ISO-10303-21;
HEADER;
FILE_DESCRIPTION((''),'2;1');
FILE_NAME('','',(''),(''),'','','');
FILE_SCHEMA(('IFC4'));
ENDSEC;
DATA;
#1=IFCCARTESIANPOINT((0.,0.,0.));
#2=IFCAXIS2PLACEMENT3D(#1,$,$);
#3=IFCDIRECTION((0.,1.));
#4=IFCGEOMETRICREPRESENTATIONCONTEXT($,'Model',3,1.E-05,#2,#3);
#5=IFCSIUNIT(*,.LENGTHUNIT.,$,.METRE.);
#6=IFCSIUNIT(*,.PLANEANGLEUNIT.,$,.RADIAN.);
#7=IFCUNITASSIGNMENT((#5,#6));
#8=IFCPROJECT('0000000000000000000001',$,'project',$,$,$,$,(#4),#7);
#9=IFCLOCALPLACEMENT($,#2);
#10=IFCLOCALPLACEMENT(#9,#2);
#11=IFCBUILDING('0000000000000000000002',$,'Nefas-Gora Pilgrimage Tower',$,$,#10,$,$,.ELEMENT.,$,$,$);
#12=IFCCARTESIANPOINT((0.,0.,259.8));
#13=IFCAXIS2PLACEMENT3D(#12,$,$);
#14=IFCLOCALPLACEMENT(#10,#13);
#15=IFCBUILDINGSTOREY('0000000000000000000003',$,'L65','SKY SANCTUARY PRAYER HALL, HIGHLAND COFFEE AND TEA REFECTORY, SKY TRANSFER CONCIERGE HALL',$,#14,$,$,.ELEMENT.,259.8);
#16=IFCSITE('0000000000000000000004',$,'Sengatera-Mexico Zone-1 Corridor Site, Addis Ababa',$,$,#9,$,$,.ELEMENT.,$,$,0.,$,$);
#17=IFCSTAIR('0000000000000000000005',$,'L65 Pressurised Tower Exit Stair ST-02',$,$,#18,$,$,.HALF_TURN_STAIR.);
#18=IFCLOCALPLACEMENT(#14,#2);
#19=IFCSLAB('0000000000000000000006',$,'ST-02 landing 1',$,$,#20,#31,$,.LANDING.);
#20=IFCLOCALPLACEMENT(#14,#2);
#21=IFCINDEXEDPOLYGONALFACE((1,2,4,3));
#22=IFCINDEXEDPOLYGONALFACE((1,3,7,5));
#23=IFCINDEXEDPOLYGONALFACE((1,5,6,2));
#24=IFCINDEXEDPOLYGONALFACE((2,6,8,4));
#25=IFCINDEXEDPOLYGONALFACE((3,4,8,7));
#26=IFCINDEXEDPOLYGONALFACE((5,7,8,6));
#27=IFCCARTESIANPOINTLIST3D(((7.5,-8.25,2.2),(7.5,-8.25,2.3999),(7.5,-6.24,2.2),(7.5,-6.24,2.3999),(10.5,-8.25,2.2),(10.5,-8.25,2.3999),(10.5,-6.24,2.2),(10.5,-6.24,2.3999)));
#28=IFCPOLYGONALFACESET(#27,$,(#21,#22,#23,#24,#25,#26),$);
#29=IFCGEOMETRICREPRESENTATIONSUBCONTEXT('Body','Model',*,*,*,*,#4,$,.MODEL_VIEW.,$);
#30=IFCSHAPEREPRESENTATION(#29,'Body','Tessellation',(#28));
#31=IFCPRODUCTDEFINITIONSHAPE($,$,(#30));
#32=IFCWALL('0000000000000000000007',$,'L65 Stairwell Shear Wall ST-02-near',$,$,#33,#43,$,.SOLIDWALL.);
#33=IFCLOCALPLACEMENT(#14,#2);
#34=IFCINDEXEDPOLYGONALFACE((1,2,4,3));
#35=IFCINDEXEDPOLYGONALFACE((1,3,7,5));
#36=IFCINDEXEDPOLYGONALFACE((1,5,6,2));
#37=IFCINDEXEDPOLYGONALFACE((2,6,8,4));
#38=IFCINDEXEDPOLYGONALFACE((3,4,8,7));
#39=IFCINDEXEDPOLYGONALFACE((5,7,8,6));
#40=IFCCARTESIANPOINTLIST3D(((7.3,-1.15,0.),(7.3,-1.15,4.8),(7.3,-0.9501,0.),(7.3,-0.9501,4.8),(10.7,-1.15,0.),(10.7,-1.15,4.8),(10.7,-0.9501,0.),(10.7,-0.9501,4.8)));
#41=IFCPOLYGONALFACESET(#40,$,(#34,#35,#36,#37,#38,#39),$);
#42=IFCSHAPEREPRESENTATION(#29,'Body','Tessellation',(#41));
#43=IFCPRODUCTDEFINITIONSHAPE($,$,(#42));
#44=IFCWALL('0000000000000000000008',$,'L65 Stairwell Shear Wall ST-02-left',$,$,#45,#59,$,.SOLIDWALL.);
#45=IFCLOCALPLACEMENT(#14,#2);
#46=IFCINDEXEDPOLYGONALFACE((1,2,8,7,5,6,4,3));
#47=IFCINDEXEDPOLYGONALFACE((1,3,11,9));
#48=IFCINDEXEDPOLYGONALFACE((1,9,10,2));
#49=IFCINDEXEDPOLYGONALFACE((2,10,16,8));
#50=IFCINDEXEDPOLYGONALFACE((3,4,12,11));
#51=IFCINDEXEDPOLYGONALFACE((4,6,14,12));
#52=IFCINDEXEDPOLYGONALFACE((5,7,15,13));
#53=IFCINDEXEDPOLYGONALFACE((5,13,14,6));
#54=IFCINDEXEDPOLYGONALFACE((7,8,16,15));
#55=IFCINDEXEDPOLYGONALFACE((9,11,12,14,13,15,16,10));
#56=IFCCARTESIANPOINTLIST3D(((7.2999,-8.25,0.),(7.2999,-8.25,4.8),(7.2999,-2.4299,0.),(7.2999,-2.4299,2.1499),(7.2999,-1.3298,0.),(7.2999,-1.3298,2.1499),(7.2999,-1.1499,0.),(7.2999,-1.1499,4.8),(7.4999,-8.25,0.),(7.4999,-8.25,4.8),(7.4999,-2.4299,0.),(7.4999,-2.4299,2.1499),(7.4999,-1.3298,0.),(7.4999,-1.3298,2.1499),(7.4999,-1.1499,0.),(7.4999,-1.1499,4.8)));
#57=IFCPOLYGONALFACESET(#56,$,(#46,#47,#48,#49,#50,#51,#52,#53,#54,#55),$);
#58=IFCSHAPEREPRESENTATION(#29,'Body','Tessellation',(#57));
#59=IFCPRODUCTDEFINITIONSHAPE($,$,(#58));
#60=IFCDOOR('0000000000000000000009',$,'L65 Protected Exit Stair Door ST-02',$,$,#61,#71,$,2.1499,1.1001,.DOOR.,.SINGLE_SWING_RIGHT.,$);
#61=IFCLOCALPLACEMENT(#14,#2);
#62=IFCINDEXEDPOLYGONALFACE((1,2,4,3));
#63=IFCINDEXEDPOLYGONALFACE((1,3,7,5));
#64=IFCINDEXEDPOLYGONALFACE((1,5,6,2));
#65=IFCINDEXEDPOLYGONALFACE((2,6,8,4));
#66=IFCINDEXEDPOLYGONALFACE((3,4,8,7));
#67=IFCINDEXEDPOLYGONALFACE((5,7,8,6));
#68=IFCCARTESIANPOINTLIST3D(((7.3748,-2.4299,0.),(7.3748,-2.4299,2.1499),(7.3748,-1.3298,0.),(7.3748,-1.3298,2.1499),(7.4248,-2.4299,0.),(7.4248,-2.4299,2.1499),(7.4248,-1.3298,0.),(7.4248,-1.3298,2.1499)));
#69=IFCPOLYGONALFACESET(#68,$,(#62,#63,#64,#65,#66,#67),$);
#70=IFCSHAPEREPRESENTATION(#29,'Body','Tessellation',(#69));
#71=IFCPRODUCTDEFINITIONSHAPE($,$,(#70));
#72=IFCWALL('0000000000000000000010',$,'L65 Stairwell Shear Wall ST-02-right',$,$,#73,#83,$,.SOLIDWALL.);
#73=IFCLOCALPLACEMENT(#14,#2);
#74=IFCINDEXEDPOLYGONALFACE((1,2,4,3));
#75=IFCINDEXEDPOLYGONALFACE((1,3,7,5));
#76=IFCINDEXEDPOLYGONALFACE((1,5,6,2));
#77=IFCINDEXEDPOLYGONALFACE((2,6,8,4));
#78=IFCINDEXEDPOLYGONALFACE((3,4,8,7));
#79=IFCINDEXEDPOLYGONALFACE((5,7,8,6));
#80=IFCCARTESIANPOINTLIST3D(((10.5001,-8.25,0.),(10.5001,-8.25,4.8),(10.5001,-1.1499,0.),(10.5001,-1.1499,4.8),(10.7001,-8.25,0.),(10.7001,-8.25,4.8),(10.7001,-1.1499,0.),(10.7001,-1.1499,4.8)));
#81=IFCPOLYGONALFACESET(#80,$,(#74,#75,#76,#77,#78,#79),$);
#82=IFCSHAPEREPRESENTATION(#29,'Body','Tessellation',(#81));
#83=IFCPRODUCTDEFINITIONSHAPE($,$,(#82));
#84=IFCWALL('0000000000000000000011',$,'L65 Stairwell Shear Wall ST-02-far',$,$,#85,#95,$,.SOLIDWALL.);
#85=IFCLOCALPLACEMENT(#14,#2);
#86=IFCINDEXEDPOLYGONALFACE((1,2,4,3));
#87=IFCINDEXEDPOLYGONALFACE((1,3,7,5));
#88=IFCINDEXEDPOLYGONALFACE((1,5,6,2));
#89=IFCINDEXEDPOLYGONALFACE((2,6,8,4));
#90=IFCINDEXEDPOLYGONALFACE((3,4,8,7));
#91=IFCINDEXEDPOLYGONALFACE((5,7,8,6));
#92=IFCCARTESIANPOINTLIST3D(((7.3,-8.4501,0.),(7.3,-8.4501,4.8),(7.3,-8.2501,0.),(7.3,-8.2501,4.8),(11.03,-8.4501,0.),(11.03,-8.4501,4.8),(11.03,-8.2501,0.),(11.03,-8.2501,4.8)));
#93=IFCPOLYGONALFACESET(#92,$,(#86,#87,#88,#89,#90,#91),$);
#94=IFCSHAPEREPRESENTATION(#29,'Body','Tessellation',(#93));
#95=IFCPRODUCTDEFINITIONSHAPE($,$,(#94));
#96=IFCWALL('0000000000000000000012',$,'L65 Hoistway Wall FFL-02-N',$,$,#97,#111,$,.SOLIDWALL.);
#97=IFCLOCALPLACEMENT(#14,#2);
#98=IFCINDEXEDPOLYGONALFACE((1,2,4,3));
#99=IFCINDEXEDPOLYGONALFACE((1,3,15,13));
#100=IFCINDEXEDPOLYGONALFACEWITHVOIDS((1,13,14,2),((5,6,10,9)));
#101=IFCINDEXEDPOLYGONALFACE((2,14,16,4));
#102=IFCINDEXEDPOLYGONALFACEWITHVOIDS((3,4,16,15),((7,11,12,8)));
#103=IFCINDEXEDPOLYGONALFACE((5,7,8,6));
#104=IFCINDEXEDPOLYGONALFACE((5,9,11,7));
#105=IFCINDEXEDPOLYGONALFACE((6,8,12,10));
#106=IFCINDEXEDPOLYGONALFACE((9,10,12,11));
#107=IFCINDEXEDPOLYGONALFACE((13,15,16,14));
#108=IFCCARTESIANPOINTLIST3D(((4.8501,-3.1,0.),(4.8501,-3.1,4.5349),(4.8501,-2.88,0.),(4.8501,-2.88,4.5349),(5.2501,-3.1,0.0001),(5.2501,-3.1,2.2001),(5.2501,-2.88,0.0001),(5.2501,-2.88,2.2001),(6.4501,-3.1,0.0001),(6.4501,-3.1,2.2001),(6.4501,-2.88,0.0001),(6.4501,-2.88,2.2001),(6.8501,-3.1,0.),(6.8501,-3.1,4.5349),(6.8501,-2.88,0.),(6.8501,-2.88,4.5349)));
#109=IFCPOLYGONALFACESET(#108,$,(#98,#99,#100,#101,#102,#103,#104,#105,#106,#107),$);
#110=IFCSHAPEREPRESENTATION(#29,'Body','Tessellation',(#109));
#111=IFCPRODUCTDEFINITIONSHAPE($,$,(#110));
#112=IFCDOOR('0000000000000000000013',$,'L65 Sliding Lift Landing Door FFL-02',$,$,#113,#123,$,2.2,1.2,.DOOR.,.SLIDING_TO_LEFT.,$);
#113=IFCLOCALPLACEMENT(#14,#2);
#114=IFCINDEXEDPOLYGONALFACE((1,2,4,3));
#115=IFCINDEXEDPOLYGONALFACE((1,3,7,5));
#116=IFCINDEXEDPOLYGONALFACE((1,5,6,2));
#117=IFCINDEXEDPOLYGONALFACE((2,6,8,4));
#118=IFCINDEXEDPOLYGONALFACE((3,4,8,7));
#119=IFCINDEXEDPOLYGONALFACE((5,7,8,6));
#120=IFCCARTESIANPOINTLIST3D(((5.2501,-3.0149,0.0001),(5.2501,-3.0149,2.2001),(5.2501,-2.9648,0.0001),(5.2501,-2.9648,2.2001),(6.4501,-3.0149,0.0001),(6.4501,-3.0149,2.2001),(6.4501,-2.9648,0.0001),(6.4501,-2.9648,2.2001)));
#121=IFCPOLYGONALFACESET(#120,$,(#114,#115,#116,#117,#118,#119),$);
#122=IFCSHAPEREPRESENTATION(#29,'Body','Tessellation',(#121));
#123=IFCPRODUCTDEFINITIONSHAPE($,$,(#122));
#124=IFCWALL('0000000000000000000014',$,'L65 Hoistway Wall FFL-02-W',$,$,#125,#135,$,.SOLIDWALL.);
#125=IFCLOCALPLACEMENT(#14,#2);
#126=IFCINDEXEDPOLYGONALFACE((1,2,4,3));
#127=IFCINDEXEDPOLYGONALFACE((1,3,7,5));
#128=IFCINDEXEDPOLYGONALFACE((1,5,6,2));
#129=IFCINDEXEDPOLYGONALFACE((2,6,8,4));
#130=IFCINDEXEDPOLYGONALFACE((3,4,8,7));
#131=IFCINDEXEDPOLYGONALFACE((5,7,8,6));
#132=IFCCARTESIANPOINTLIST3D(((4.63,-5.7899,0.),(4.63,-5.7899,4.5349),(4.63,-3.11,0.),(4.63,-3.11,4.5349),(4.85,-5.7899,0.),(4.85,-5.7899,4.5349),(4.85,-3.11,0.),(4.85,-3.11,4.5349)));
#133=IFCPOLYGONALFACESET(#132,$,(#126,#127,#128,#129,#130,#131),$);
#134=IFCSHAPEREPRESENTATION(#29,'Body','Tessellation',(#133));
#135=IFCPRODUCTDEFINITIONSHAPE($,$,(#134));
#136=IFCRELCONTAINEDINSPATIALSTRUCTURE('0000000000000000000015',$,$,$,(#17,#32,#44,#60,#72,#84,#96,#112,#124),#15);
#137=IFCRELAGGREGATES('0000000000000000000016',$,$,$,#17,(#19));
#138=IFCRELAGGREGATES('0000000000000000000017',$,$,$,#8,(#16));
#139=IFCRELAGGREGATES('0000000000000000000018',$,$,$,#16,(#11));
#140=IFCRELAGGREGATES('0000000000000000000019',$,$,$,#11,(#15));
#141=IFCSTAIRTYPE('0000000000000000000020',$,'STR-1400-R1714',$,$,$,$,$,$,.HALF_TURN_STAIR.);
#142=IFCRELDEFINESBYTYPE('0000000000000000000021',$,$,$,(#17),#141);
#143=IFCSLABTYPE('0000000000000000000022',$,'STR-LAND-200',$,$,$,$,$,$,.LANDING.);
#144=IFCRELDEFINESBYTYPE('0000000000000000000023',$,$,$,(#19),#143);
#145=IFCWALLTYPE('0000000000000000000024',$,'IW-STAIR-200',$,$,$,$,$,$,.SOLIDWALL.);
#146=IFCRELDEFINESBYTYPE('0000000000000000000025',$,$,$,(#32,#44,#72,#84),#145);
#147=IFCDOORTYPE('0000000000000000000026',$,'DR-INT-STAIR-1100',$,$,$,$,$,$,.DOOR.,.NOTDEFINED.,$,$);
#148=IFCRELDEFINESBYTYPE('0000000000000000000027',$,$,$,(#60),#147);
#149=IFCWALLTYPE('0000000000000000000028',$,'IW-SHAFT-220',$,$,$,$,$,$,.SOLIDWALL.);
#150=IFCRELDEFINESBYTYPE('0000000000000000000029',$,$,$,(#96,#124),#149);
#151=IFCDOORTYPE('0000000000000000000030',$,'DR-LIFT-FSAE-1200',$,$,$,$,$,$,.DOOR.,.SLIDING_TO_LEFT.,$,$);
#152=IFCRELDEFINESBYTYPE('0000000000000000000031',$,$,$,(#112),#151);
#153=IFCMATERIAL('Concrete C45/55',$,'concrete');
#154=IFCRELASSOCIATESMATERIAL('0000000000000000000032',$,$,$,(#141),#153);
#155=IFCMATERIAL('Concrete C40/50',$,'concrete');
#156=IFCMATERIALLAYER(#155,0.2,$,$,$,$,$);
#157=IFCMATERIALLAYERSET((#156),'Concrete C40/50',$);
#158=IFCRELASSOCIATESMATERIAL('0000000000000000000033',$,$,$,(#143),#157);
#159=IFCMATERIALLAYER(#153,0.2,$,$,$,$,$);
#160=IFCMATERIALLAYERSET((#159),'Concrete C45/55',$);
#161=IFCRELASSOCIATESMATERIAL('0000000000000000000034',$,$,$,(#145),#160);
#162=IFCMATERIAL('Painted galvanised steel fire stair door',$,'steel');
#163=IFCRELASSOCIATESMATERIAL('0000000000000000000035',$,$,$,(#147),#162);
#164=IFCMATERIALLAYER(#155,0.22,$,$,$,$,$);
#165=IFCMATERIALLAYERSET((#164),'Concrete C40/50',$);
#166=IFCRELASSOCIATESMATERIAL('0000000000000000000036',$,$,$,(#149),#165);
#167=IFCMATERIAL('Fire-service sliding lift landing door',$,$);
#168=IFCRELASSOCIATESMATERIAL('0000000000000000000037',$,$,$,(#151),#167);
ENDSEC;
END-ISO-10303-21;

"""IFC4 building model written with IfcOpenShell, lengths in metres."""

from ifc_helpers import new_model, si_unit, direction, frame, frame_2d, origin, place, context, subcontext, project, spatial, polyline, rectangle, outline, extrude, source, transform, mapped, material, layer, layer_set, type_object, element, fill, aggregate, save


model = new_model("IFC4")

# Units and contexts
model_context = context("Model", 3, precision=1e-05, world=origin(), true_north=direction((0.0, 1.0)))
body_context = subcontext(model_context, "Body", "Model", "MODEL_VIEW")
ifc_project = project(units=[si_unit("LENGTHUNIT", "METRE"), si_unit("PLANEANGLEUNIT", "RADIAN")], contexts=[model_context])

# Site, building, storey
site_placement = place(None, origin())
site = spatial("IfcSite", under=ifc_project, at=site_placement, Name="Sengatera-Mexico Zone-1 Corridor Site, Addis Ababa", CompositionType="ELEMENT", RefElevation=0.0)
building_placement = place(site_placement, origin())
building = spatial("IfcBuilding", under=site, at=building_placement, Name="Nefas-Gora Pilgrimage Tower", CompositionType="ELEMENT")
storey_placement = place(building_placement, frame((0.0, 0.0, 259.8)))
storey = spatial("IfcBuildingStorey", under=building, at=storey_placement, Name="L65", Description="SKY SANCTUARY PRAYER HALL, HIGHLAND COFFEE AND TEA REFECTORY, SKY TRANSFER CONCIERGE HALL", CompositionType="ELEMENT", Elevation=259.8)

# Stair, slab
ifc_material_1 = material(Name="Concrete C45/55", Category="concrete")
stair_type = type_object("IfcStairType", Name="STR-1400-R1714", PredefinedType="HALF_TURN_STAIR", material=ifc_material_1)
stair_placement = place(storey_placement, origin())
stair = element("IfcStair", 1, at=stair_placement, inside=storey, type_object=stair_type, Name="L65 Pressurised Tower Exit Stair ST-02", PredefinedType="HALF_TURN_STAIR")
ifc_material_2 = material(Name="Concrete C40/50", Category="concrete")
ifc_layer_1 = layer(ifc_material_2, 0.2)
ifc_layer_set_1 = layer_set([ifc_layer_1], Name="Concrete C40/50")
slab_type = type_object("IfcSlabType", Name="STR-LAND-200", PredefinedType="LANDING", material=ifc_layer_set_1)
slab_placement = place(storey_placement, frame((0.0, 0.0, 2.2)))
slab = element("IfcSlab", 2, at=slab_placement, type_object=slab_type, Name="ST-02 landing 1", PredefinedType="LANDING", context=body_context, shape_type="SweptSolid", body=[
    extrude(outline(polyline([(7.5, -6.24), (7.5, -8.25), (10.5, -8.25), (10.5, -6.24), (7.5, -6.24)])), origin(), (0.0, 0.0, 1.0), 0.2),
])

# Wall
ifc_layer_2 = layer(ifc_material_1, 0.2)
ifc_layer_set_2 = layer_set([ifc_layer_2], Name="Concrete C45/55")
wall_type_1 = type_object("IfcWallType", Name="IW-STAIR-200", PredefinedType="SOLIDWALL", material=ifc_layer_set_2)
shared_shape_1 = source(origin(), body_context, "Body", "SweptSolid", [
    extrude(rectangle(XDim=3.3999, YDim=0.2, at=frame_2d((1.7, 0.0))), origin(), (0.0, 0.0, 1.0), 4.8),
])
wall_1_placement = place(storey_placement, frame((7.3, -1.05, 0.0), z_axis=(0.0, 0.0, 1.0), x_axis=(1.0, 0.0, 0.0)))
element("IfcWall", 3, at=wall_1_placement, inside=storey, type_object=wall_type_1, Name="L65 Stairwell Shear Wall ST-02-near", PredefinedType="SOLIDWALL", context=body_context, shape_type="MappedRepresentation", body=[
    mapped(shared_shape_1, transform((0.0, 0.0, 0.0), x_axis=(1.0, 0.0, 0.0), y_axis=(0.0, 1.0, 0.0), z_axis=(0.0, 0.0, 1.0), scale=1.0)),
])

# Wall, opening, door
shared_shape_2 = source(origin(), body_context, "Body", "SweptSolid", [
    extrude(rectangle(XDim=7.1001, YDim=0.2, at=frame_2d((3.55, 0.0))), origin(), (0.0, 0.0, 1.0), 4.8),
])
wall_2_placement = place(storey_placement, frame((7.3999, -1.1499, 0.0), z_axis=(0.0, 0.0, 1.0), x_axis=(0.0, -1.0, 0.0)))
wall_2 = element("IfcWall", 4, at=wall_2_placement, inside=storey, type_object=wall_type_1, Name="L65 Stairwell Shear Wall ST-02-left", PredefinedType="SOLIDWALL", context=body_context, shape_type="MappedRepresentation", body=[
    mapped(shared_shape_2, transform((0.0, 0.0, 0.0), x_axis=(1.0, 0.0, 0.0), y_axis=(0.0, 1.0, 0.0), z_axis=(0.0, 0.0, 1.0), scale=1.0)),
])
opening_1_placement = place(wall_2_placement, frame((0.1799, 0.0, 0.0)))
opening_1 = element("IfcOpeningElement", 5, at=opening_1_placement, cuts=wall_2, PredefinedType="OPENING", context=body_context, shape_type="SweptSolid", body=[
    extrude(rectangle(XDim=1.1001, YDim=2.1499, at=frame_2d((0.55, 1.075))), frame((0.0, 0.1099, 0.0), z_axis=(0.0, -1.0, 0.0), x_axis=(1.0, 0.0, 0.0)), (0.0, 0.0, 1.0), 0.22),
])
ifc_material_3 = material(Name="Painted galvanised steel fire stair door", Category="steel")
door_type_1 = type_object("IfcDoorType", Name="DR-INT-STAIR-1100", OperationType="NOTDEFINED", PredefinedType="DOOR", material=ifc_material_3)
shared_shape_3 = source(origin(), body_context, "Body", "SweptSolid", [
    extrude(rectangle(XDim=1.1001, YDim=2.1499, at=frame_2d((0.55, 1.075))), frame((0.0, 0.0249, 0.0), z_axis=(0.0, -1.0, 0.0), x_axis=(1.0, 0.0, 0.0)), (0.0, 0.0, 1.0), 0.05),
])
door_1_placement = place(opening_1_placement, origin())
door_1 = element("IfcDoor", 6, at=door_1_placement, inside=storey, type_object=door_type_1, Name="L65 Protected Exit Stair Door ST-02", OperationType="SINGLE_SWING_RIGHT", OverallHeight=2.1499, OverallWidth=1.1001, PredefinedType="DOOR", context=body_context, shape_type="MappedRepresentation", body=[
    mapped(shared_shape_3, transform((0.0, 0.0, 0.0), x_axis=(1.0, 0.0, 0.0), y_axis=(0.0, 1.0, 0.0), z_axis=(0.0, 0.0, 1.0), scale=1.0)),
])
fill(opening_1, door_1)

# Walls
wall_3_placement = place(storey_placement, frame((10.6001, -1.1499, 0.0), z_axis=(0.0, 0.0, 1.0), x_axis=(0.0, -1.0, 0.0)))
element("IfcWall", 7, at=wall_3_placement, inside=storey, type_object=wall_type_1, Name="L65 Stairwell Shear Wall ST-02-right", PredefinedType="SOLIDWALL", context=body_context, shape_type="MappedRepresentation", body=[
    mapped(shared_shape_2, transform((0.0, 0.0, 0.0), x_axis=(1.0, 0.0, 0.0), y_axis=(0.0, 1.0, 0.0), z_axis=(0.0, 0.0, 1.0), scale=1.0)),
])
shared_shape_4 = source(origin(), body_context, "Body", "SweptSolid", [
    extrude(rectangle(XDim=3.73, YDim=0.2, at=frame_2d((1.865, 0.0))), origin(), (0.0, 0.0, 1.0), 4.8),
])
wall_4_placement = place(storey_placement, frame((7.3, -8.3501, 0.0), z_axis=(0.0, 0.0, 1.0), x_axis=(1.0, 0.0, 0.0)))
element("IfcWall", 8, at=wall_4_placement, inside=storey, type_object=wall_type_1, Name="L65 Stairwell Shear Wall ST-02-far", PredefinedType="SOLIDWALL", context=body_context, shape_type="MappedRepresentation", body=[
    mapped(shared_shape_4, transform((0.0, 0.0, 0.0), x_axis=(1.0, 0.0, 0.0), y_axis=(0.0, 1.0, 0.0), z_axis=(0.0, 0.0, 1.0), scale=1.0)),
])

# Wall, opening, door
ifc_layer_3 = layer(ifc_material_2, 0.22)
ifc_layer_set_3 = layer_set([ifc_layer_3], Name="Concrete C40/50")
wall_type_2 = type_object("IfcWallType", Name="IW-SHAFT-220", PredefinedType="SOLIDWALL", material=ifc_layer_set_3)
shared_shape_5 = source(origin(), body_context, "Body", "SweptSolid", [
    extrude(rectangle(XDim=2.0, YDim=0.22, at=frame_2d((1.0, 0.0))), origin(), (0.0, 0.0, 1.0), 4.5349),
])
wall_5_placement = place(storey_placement, frame((6.8501, -2.99, 0.0), z_axis=(0.0, 0.0, 1.0), x_axis=(-1.0, 0.0, 0.0)))
wall_5 = element("IfcWall", 9, at=wall_5_placement, inside=storey, type_object=wall_type_2, Name="L65 Hoistway Wall FFL-02-N", PredefinedType="SOLIDWALL", context=body_context, shape_type="MappedRepresentation", body=[
    mapped(shared_shape_5, transform((0.0, 0.0, 0.0), x_axis=(1.0, 0.0, 0.0), y_axis=(0.0, 1.0, 0.0), z_axis=(0.0, 0.0, 1.0), scale=1.0)),
])
opening_2_placement = place(wall_5_placement, frame((0.3999, 0.0, 0.0)))
opening_2 = element("IfcOpeningElement", 10, at=opening_2_placement, cuts=wall_5, PredefinedType="OPENING", context=body_context, shape_type="SweptSolid", body=[
    extrude(rectangle(XDim=1.2, YDim=2.2, at=frame_2d((0.6001, 1.1001))), frame((0.0, 0.1199, 0.0), z_axis=(0.0, -1.0, 0.0), x_axis=(1.0, 0.0, 0.0)), (0.0, 0.0, 1.0), 0.24),
])
ifc_material_4 = material(Name="Fire-service sliding lift landing door")
door_type_2 = type_object("IfcDoorType", Name="DR-LIFT-FSAE-1200", OperationType="SLIDING_TO_LEFT", PredefinedType="DOOR", material=ifc_material_4)
shared_shape_6 = source(origin(), body_context, "Body", "SweptSolid", [
    extrude(rectangle(XDim=1.2, YDim=2.2, at=frame_2d((0.6001, 1.1001))), frame((0.0, 0.0249, 0.0), z_axis=(0.0, -1.0, 0.0), x_axis=(1.0, 0.0, 0.0)), (0.0, 0.0, 1.0), 0.05),
])
door_2_placement = place(opening_2_placement, origin())
door_2 = element("IfcDoor", 11, at=door_2_placement, inside=storey, type_object=door_type_2, Name="L65 Sliding Lift Landing Door FFL-02", OperationType="SLIDING_TO_LEFT", OverallHeight=2.2, OverallWidth=1.2, PredefinedType="DOOR", context=body_context, shape_type="MappedRepresentation", body=[
    mapped(shared_shape_6, transform((0.0, 0.0, 0.0), x_axis=(1.0, 0.0, 0.0), y_axis=(0.0, 1.0, 0.0), z_axis=(0.0, 0.0, 1.0), scale=1.0)),
])
fill(opening_2, door_2)

# Wall
shared_shape_7 = source(origin(), body_context, "Body", "SweptSolid", [
    extrude(rectangle(XDim=2.6799, YDim=0.22, at=frame_2d((1.3398, 0.0))), origin(), (0.0, 0.0, 1.0), 4.5349),
])
wall_6_placement = place(storey_placement, frame((4.74, -3.1101, 0.0), z_axis=(0.0, 0.0, 1.0), x_axis=(0.0, -1.0, 0.0)))
element("IfcWall", 12, at=wall_6_placement, inside=storey, type_object=wall_type_2, Name="L65 Hoistway Wall FFL-02-W", PredefinedType="SOLIDWALL", context=body_context, shape_type="MappedRepresentation", body=[
    mapped(shared_shape_7, transform((0.0, 0.0, 0.0), x_axis=(1.0, 0.0, 0.0), y_axis=(0.0, 1.0, 0.0), z_axis=(0.0, 0.0, 1.0), scale=1.0)),
])

aggregate(stair, [slab])

save(model, "model.ifc")
